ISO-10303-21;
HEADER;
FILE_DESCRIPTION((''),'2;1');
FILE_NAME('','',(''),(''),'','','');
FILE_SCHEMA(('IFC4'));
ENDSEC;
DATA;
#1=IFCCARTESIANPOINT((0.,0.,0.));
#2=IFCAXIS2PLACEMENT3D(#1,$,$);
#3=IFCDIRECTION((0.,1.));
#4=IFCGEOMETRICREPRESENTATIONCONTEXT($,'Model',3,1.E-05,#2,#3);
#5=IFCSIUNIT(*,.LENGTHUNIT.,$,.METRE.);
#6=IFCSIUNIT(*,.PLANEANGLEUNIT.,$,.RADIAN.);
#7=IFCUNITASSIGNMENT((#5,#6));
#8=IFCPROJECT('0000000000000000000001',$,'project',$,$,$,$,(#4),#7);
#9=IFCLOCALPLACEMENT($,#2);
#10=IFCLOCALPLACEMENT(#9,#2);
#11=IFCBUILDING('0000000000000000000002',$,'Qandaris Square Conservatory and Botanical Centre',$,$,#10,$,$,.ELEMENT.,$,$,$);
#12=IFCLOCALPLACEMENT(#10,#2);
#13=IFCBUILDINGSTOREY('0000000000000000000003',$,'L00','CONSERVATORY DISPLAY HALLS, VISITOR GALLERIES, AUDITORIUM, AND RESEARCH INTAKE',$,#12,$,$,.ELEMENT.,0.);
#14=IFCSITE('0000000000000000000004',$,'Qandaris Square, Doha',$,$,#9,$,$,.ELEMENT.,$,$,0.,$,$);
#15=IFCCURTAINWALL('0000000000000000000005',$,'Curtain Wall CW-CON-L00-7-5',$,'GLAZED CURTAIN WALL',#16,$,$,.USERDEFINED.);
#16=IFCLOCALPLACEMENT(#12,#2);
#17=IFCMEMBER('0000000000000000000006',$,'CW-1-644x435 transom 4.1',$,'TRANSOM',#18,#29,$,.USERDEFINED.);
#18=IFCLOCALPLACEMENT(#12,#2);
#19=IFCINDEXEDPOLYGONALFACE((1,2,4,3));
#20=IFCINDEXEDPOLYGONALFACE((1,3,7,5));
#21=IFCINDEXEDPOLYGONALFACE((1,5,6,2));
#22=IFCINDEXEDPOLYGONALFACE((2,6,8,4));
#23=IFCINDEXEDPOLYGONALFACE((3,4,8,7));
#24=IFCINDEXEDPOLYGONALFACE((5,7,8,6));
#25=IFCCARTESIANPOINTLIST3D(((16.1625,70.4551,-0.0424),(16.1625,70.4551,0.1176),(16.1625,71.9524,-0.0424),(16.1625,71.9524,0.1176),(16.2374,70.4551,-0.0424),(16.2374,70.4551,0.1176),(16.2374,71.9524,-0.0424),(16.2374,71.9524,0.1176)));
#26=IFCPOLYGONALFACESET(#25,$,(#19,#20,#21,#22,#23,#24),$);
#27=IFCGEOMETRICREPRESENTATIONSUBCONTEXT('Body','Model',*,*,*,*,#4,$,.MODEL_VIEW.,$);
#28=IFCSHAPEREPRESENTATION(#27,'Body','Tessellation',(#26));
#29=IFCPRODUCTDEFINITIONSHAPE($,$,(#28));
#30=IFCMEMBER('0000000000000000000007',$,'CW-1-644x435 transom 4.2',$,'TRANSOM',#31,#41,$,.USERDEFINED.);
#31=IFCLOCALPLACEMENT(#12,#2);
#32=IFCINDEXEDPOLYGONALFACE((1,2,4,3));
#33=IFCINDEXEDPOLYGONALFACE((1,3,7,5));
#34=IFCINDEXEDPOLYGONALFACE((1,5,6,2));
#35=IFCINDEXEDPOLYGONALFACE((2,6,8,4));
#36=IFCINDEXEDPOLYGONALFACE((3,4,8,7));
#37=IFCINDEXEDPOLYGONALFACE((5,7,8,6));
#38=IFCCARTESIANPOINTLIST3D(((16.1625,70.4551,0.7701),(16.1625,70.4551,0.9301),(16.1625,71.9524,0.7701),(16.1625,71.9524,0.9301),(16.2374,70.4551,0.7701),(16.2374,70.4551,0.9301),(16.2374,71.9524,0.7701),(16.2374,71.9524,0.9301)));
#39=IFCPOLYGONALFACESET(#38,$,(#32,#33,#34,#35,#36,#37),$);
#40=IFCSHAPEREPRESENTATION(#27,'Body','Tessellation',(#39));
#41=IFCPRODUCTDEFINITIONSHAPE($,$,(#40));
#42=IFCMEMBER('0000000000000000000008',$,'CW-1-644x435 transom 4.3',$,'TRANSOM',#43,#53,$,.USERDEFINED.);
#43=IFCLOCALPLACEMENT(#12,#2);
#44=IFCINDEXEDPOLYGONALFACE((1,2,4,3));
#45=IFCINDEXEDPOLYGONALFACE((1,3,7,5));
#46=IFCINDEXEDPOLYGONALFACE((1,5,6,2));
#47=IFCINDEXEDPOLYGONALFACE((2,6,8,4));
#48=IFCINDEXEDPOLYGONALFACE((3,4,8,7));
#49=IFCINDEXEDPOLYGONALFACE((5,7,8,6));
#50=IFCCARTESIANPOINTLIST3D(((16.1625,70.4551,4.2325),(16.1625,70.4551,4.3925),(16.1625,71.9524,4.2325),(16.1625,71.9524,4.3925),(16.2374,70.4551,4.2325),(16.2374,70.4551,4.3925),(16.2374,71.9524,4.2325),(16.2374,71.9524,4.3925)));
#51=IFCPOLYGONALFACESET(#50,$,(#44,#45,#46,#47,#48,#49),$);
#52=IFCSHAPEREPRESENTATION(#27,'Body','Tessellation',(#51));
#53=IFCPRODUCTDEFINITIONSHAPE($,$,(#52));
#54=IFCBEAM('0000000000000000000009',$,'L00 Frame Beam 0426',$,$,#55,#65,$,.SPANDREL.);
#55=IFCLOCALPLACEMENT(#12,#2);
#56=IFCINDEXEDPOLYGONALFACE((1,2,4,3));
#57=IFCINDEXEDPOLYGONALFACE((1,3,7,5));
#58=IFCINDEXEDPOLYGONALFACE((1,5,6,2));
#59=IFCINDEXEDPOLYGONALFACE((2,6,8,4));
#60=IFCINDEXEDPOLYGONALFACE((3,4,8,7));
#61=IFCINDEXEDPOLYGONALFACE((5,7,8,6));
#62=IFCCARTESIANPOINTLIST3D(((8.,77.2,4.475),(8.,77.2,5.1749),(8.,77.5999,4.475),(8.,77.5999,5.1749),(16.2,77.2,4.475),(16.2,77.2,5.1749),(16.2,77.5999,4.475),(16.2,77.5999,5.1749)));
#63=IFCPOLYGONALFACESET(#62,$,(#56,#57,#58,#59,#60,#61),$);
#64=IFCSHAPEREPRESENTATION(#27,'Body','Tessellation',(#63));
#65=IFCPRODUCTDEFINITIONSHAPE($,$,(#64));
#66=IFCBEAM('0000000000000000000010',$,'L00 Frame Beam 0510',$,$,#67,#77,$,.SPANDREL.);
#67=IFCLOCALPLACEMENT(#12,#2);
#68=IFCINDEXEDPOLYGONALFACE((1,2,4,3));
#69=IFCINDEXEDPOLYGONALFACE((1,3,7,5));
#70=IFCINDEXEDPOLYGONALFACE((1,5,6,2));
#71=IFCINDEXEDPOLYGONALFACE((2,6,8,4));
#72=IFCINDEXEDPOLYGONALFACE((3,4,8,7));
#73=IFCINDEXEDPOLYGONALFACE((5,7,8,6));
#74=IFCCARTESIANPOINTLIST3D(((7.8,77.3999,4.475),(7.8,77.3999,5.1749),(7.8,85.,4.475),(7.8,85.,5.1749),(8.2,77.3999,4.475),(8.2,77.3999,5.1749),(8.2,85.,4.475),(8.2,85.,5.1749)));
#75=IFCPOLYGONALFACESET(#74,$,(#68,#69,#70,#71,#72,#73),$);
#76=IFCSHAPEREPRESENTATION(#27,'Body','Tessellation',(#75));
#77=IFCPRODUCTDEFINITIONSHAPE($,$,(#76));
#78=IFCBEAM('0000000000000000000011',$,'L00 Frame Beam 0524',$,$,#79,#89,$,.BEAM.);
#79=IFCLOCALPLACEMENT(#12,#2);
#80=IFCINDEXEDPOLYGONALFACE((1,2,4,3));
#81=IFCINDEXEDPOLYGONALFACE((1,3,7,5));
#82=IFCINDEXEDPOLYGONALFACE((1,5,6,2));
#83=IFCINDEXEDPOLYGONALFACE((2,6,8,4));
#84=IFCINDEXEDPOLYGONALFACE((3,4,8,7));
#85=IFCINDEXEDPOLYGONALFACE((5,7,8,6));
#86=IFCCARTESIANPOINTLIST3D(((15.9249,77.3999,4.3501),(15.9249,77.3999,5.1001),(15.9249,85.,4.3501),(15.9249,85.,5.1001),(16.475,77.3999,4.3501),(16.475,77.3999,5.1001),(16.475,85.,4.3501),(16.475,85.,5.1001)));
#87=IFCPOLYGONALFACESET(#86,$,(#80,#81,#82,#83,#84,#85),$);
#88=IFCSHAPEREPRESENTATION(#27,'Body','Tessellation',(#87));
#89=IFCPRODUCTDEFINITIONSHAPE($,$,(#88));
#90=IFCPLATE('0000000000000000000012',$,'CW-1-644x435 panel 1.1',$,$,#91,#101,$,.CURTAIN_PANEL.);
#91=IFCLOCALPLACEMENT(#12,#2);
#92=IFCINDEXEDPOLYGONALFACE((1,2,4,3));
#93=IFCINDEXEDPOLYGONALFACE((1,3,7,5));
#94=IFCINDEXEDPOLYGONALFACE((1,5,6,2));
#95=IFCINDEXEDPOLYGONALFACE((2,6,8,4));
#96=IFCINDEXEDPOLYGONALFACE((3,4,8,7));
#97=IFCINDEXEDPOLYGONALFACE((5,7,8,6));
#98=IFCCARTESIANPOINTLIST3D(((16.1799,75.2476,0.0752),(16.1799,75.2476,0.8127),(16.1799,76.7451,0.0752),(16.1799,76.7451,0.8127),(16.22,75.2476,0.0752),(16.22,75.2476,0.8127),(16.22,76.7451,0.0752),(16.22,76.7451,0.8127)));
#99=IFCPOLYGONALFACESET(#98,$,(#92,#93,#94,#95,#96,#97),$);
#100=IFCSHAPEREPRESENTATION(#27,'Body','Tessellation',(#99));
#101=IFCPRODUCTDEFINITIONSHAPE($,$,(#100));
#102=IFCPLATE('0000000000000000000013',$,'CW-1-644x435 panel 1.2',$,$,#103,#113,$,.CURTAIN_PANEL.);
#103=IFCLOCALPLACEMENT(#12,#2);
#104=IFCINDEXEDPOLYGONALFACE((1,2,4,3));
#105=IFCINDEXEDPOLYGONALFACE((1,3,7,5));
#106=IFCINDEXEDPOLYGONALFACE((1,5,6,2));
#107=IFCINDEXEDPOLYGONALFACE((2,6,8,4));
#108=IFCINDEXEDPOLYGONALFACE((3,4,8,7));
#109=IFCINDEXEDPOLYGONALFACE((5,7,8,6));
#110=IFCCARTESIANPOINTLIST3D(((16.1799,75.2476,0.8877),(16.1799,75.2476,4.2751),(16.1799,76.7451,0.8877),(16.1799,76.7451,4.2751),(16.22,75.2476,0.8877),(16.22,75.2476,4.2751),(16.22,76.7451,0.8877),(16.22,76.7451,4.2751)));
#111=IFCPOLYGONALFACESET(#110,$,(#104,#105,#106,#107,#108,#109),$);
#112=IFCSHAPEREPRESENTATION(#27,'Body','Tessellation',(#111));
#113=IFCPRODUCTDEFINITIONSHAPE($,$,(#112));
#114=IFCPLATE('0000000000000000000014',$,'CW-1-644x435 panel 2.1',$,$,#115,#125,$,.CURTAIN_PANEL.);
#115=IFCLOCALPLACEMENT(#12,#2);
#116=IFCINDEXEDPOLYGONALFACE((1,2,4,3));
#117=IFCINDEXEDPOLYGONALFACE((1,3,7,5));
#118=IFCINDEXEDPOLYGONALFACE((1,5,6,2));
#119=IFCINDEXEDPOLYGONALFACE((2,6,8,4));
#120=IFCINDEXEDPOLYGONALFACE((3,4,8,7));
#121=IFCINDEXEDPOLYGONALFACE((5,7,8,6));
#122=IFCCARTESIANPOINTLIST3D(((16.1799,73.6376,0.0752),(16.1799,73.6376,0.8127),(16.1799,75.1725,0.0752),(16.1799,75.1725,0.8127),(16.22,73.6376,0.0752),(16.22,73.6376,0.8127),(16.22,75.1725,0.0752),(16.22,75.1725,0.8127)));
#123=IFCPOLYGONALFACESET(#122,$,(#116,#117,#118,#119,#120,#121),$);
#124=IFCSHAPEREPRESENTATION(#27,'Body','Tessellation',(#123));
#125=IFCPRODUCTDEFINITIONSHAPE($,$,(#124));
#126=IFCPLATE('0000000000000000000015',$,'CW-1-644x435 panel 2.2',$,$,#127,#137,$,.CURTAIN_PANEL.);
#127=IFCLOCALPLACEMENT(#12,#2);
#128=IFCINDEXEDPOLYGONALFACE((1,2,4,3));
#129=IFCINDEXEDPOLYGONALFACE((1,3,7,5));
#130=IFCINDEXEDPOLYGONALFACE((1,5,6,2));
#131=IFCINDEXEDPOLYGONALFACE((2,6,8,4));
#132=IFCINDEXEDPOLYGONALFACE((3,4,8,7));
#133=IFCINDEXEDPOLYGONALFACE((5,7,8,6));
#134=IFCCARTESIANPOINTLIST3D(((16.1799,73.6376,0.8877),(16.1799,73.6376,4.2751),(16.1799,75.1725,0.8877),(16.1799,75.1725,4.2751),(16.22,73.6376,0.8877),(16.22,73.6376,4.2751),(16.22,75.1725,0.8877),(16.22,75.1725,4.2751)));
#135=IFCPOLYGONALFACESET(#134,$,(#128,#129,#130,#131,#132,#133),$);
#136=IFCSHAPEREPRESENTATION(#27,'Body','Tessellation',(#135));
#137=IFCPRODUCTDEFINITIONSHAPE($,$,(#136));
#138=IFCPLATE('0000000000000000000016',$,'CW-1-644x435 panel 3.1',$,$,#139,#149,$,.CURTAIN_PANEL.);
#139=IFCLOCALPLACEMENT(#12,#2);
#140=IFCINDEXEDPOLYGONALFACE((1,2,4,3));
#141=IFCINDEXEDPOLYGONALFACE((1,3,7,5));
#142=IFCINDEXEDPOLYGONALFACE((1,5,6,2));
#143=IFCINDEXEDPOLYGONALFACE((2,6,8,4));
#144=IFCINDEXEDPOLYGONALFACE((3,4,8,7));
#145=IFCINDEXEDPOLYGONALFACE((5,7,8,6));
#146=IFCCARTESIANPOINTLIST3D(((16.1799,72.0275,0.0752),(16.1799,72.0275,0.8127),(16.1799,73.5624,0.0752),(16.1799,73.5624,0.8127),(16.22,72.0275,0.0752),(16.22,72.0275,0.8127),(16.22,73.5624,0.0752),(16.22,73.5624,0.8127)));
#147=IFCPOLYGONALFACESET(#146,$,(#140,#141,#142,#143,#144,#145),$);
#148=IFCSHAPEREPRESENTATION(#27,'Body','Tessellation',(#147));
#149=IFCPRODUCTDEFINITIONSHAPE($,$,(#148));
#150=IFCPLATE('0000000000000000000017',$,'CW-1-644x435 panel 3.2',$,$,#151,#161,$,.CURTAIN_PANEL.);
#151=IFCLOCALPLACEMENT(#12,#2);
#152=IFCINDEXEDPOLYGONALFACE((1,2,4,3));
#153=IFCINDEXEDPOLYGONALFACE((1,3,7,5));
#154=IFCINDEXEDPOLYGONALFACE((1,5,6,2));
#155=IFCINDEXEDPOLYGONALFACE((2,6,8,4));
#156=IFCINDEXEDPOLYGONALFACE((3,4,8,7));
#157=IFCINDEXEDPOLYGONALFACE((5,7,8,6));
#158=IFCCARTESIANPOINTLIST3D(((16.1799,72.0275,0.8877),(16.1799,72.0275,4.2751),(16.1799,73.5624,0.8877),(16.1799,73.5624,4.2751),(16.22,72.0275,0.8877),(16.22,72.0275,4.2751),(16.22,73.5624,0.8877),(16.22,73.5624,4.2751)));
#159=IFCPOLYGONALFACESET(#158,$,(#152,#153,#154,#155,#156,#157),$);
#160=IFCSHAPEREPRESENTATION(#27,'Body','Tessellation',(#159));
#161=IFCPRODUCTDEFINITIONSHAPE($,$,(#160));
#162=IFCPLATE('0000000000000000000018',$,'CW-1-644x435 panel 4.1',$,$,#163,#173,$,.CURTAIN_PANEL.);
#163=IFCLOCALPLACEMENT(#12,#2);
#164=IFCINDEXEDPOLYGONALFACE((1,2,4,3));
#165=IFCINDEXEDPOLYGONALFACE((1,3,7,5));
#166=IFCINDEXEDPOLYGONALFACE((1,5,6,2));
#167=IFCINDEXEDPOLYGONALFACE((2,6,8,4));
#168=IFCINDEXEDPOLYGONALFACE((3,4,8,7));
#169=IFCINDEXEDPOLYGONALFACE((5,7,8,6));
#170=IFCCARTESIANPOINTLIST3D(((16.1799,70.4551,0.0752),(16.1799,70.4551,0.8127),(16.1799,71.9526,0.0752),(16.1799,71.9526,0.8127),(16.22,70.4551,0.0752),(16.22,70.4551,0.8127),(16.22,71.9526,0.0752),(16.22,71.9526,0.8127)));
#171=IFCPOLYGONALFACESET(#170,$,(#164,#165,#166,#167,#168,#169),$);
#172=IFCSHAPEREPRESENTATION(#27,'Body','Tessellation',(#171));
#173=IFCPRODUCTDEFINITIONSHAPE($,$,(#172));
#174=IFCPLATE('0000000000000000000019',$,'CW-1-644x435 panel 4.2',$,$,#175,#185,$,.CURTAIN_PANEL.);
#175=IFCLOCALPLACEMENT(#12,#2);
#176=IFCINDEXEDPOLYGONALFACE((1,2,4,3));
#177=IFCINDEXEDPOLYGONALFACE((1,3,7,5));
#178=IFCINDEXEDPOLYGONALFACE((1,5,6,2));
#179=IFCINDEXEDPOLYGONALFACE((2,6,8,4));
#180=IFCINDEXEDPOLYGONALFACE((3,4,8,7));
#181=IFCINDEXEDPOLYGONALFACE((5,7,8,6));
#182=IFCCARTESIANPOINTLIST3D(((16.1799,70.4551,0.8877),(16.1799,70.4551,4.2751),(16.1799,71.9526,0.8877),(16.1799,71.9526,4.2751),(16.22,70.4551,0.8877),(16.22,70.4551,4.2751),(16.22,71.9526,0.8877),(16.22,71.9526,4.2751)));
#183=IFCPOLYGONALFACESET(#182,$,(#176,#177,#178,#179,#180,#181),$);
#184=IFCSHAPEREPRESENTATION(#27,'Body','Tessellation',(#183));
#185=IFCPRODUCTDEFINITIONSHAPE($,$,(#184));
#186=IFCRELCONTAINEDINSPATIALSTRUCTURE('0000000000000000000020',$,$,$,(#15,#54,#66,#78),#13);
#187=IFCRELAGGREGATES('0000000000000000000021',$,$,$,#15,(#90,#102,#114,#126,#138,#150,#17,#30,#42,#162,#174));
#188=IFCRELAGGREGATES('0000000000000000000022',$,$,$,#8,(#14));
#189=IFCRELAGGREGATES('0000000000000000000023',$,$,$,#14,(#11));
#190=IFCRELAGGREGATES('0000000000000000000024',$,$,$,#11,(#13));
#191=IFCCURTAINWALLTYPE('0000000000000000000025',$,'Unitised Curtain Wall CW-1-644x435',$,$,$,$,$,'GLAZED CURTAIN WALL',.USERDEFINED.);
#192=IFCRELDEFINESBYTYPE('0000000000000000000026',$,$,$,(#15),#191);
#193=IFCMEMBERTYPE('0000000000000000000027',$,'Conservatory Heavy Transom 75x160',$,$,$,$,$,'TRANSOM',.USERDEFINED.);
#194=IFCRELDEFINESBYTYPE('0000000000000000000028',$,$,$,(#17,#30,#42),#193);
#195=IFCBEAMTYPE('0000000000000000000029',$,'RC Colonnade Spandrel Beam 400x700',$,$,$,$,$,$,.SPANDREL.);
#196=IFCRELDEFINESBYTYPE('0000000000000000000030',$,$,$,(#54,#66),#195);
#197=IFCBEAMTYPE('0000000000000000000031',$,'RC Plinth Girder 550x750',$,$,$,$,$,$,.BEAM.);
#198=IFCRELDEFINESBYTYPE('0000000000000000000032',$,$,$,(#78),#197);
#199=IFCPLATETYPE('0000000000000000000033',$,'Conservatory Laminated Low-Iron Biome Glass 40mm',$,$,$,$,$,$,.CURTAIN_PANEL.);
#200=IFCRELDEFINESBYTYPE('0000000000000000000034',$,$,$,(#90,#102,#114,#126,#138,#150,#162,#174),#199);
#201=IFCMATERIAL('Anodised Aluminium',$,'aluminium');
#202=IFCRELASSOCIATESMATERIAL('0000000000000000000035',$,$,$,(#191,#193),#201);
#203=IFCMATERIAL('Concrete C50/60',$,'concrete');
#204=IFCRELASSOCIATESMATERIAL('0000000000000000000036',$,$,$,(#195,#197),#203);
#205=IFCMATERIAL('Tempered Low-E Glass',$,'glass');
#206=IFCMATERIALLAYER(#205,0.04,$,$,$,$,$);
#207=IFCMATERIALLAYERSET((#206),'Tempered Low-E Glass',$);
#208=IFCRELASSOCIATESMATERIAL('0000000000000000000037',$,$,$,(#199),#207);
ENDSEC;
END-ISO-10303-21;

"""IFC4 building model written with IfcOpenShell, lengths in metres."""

from ifc_helpers import new_model, si_unit, direction, frame, origin, origin_2d, place, context, subcontext, project, spatial, rectangle, extrude, material, layer, layer_set, material_profile, profile_set, type_object, element, aggregate, save


model = new_model("IFC4")

# Units and contexts
model_context = context("Model", 3, precision=1e-05, world=origin(), true_north=direction((0.0, 1.0)))
body_context = subcontext(model_context, "Body", "Model", "MODEL_VIEW")
ifc_project = project(units=[si_unit("LENGTHUNIT", "METRE"), si_unit("PLANEANGLEUNIT", "RADIAN")], contexts=[model_context])

# Site, building, storey
site_placement = place(None, origin())
site = spatial("IfcSite", under=ifc_project, at=site_placement, Name="Qandaris Square, Doha", CompositionType="ELEMENT", RefElevation=0.0)
building_placement = place(site_placement, origin())
building = spatial("IfcBuilding", under=site, at=building_placement, Name="Qandaris Square Conservatory and Botanical Centre", CompositionType="ELEMENT")
storey_placement = place(building_placement, origin())
storey = spatial("IfcBuildingStorey", under=building, at=storey_placement, Name="L00", Description="CONSERVATORY DISPLAY HALLS, VISITOR GALLERIES, AUDITORIUM, AND RESEARCH INTAKE", CompositionType="ELEMENT", Elevation=0.0)

# Shared definitions
ifc_material_1 = material(Name="Concrete C50/60", Category="concrete")

# Shared definitions
ifc_material_2 = material(Name="Anodised Aluminium", Category="aluminium")
curtain_wall_type = type_object("IfcCurtainWallType", Name="Unitised Curtain Wall CW-1-644x435", ElementType="GLAZED CURTAIN WALL", PredefinedType="USERDEFINED", material=ifc_material_2)

# Curtain wall, members
curtain_wall_1_placement = place(storey_placement, origin())
curtain_wall_1 = element("IfcCurtainWall", 1, at=curtain_wall_1_placement, inside=storey, type_object=curtain_wall_type, Name="Curtain Wall CW-CON-L00-7-5", ObjectType="GLAZED CURTAIN WALL", PredefinedType="USERDEFINED")
ifc_material_profile_1 = material_profile(ifc_material_2, rectangle(XDim=0.075, YDim=0.1599, at=origin_2d()), Name="ALU-TRN 75x160")
ifc_profile_set_1 = profile_set([ifc_material_profile_1], Name="Anodised Aluminium")
member_type_1 = type_object("IfcMemberType", Name="Conservatory Heavy Transom 75x160", ElementType="TRANSOM", PredefinedType="USERDEFINED", material=ifc_profile_set_1)
member_1_placement = place(storey_placement, frame((16.2, 71.9524, 0.0376), z_axis=(0.0, -1.0, 0.0), x_axis=(1.0, 0.0, 0.0)))
member_1 = element("IfcMember", 2, at=member_1_placement, type_object=member_type_1, Name="CW-1-644x435 transom 4.1", ObjectType="TRANSOM", PredefinedType="USERDEFINED", context=body_context, shape_type="SweptSolid", body=[
    extrude(rectangle(XDim=0.075, YDim=0.1599, at=origin_2d()), origin(), (0.0, 0.0, 1.0), 1.4973),
])
member_2_placement = place(storey_placement, frame((16.2, 71.9524, 0.8501), z_axis=(0.0, -1.0, 0.0), x_axis=(1.0, 0.0, 0.0)))
member_2 = element("IfcMember", 3, at=member_2_placement, type_object=member_type_1, Name="CW-1-644x435 transom 4.2", ObjectType="TRANSOM", PredefinedType="USERDEFINED", context=body_context, shape_type="SweptSolid", body=[
    extrude(rectangle(XDim=0.075, YDim=0.1599, at=origin_2d()), origin(), (0.0, 0.0, 1.0), 1.4973),
])
member_3_placement = place(storey_placement, frame((16.2, 71.9524, 4.3125), z_axis=(0.0, -1.0, 0.0), x_axis=(1.0, 0.0, 0.0)))
member_3 = element("IfcMember", 4, at=member_3_placement, type_object=member_type_1, Name="CW-1-644x435 transom 4.3", ObjectType="TRANSOM", PredefinedType="USERDEFINED", context=body_context, shape_type="SweptSolid", body=[
    extrude(rectangle(XDim=0.075, YDim=0.1599, at=origin_2d()), origin(), (0.0, 0.0, 1.0), 1.4973),
])

# Beams
ifc_material_profile_2 = material_profile(ifc_material_1, rectangle(XDim=0.3999, YDim=0.7, at=origin_2d()), Name="RC-SP 400x700")
ifc_profile_set_2 = profile_set([ifc_material_profile_2], Name="Concrete C50/60")
beam_type_1 = type_object("IfcBeamType", Name="RC Colonnade Spandrel Beam 400x700", PredefinedType="SPANDREL", material=ifc_profile_set_2)
beam_1_placement = place(storey_placement, frame((8.0, 77.3999, 4.825), z_axis=(1.0, 0.0, 0.0), x_axis=(0.0, 1.0, 0.0)))
element("IfcBeam", 5, at=beam_1_placement, inside=storey, type_object=beam_type_1, Name="L00 Frame Beam 0426", PredefinedType="SPANDREL", context=body_context, shape_type="SweptSolid", body=[
    extrude(rectangle(XDim=0.3999, YDim=0.7, at=origin_2d()), origin(), (0.0, 0.0, 1.0), 8.2),
])
beam_2_placement = place(storey_placement, frame((8.0, 77.3999, 4.825), z_axis=(0.0, 1.0, 0.0), x_axis=(-1.0, 0.0, 0.0)))
element("IfcBeam", 6, at=beam_2_placement, inside=storey, type_object=beam_type_1, Name="L00 Frame Beam 0510", PredefinedType="SPANDREL", context=body_context, shape_type="SweptSolid", body=[
    extrude(rectangle(XDim=0.3999, YDim=0.7, at=origin_2d()), origin(), (0.0, 0.0, 1.0), 7.6001),
])
ifc_material_profile_3 = material_profile(ifc_material_1, rectangle(XDim=0.55, YDim=0.75, at=origin_2d()), Name="RC-BM 550x750")
ifc_profile_set_3 = profile_set([ifc_material_profile_3], Name="Concrete C50/60")
beam_type_2 = type_object("IfcBeamType", Name="RC Plinth Girder 550x750", PredefinedType="BEAM", material=ifc_profile_set_3)
beam_3_placement = place(storey_placement, frame((16.2, 77.3999, 4.7251), z_axis=(0.0, 1.0, 0.0), x_axis=(-1.0, 0.0, 0.0)))
element("IfcBeam", 7, at=beam_3_placement, inside=storey, type_object=beam_type_2, Name="L00 Frame Beam 0524", PredefinedType="BEAM", context=body_context, shape_type="SweptSolid", body=[
    extrude(rectangle(XDim=0.55, YDim=0.75, at=origin_2d()), origin(), (0.0, 0.0, 1.0), 7.6001),
])

# Plates
ifc_material_3 = material(Name="Tempered Low-E Glass", Category="glass")
ifc_layer = layer(ifc_material_3, 0.04)
ifc_layer_set = layer_set([ifc_layer], Name="Tempered Low-E Glass")
plate_type = type_object("IfcPlateType", Name="Conservatory Laminated Low-Iron Biome Glass 40mm", PredefinedType="CURTAIN_PANEL", material=ifc_layer_set)
plate_1_placement = place(storey_placement, frame((16.2, 75.9963, 0.0752), z_axis=(0.0, 0.0, 1.0), x_axis=(0.0, -1.0, 0.0)))
plate_1 = element("IfcPlate", 8, at=plate_1_placement, type_object=plate_type, Name="CW-1-644x435 panel 1.1", PredefinedType="CURTAIN_PANEL", context=body_context, shape_type="SweptSolid", body=[
    extrude(rectangle(XDim=1.4976, YDim=0.04, at=origin_2d()), origin(), (0.0, 0.0, 1.0), 0.7375),
])
plate_2_placement = place(storey_placement, frame((16.2, 75.9963, 0.8877), z_axis=(0.0, 0.0, 1.0), x_axis=(0.0, -1.0, 0.0)))
plate_2 = element("IfcPlate", 9, at=plate_2_placement, type_object=plate_type, Name="CW-1-644x435 panel 1.2", PredefinedType="CURTAIN_PANEL", context=body_context, shape_type="SweptSolid", body=[
    extrude(rectangle(XDim=1.4976, YDim=0.04, at=origin_2d()), origin(), (0.0, 0.0, 1.0), 3.3875),
])
plate_3_placement = place(storey_placement, frame((16.2, 74.405, 0.0752), z_axis=(0.0, 0.0, 1.0), x_axis=(0.0, -1.0, 0.0)))
plate_3 = element("IfcPlate", 10, at=plate_3_placement, type_object=plate_type, Name="CW-1-644x435 panel 2.1", PredefinedType="CURTAIN_PANEL", context=body_context, shape_type="SweptSolid", body=[
    extrude(rectangle(XDim=1.5349, YDim=0.04, at=origin_2d()), origin(), (0.0, 0.0, 1.0), 0.7375),
])
plate_4_placement = place(storey_placement, frame((16.2, 74.405, 0.8877), z_axis=(0.0, 0.0, 1.0), x_axis=(0.0, -1.0, 0.0)))
plate_4 = element("IfcPlate", 11, at=plate_4_placement, type_object=plate_type, Name="CW-1-644x435 panel 2.2", PredefinedType="CURTAIN_PANEL", context=body_context, shape_type="SweptSolid", body=[
    extrude(rectangle(XDim=1.5349, YDim=0.04, at=origin_2d()), origin(), (0.0, 0.0, 1.0), 3.3875),
])
plate_5_placement = place(storey_placement, frame((16.2, 72.7949, 0.0752), z_axis=(0.0, 0.0, 1.0), x_axis=(0.0, -1.0, 0.0)))
plate_5 = element("IfcPlate", 12, at=plate_5_placement, type_object=plate_type, Name="CW-1-644x435 panel 3.1", PredefinedType="CURTAIN_PANEL", context=body_context, shape_type="SweptSolid", body=[
    extrude(rectangle(XDim=1.5349, YDim=0.04, at=origin_2d()), origin(), (0.0, 0.0, 1.0), 0.7375),
])
plate_6_placement = place(storey_placement, frame((16.2, 72.7949, 0.8877), z_axis=(0.0, 0.0, 1.0), x_axis=(0.0, -1.0, 0.0)))
plate_6 = element("IfcPlate", 13, at=plate_6_placement, type_object=plate_type, Name="CW-1-644x435 panel 3.2", PredefinedType="CURTAIN_PANEL", context=body_context, shape_type="SweptSolid", body=[
    extrude(rectangle(XDim=1.5349, YDim=0.04, at=origin_2d()), origin(), (0.0, 0.0, 1.0), 3.3875),
])
plate_7_placement = place(storey_placement, frame((16.2, 71.2039, 0.0752), z_axis=(0.0, 0.0, 1.0), x_axis=(0.0, -1.0, 0.0)))
plate_7 = element("IfcPlate", 14, at=plate_7_placement, type_object=plate_type, Name="CW-1-644x435 panel 4.1", PredefinedType="CURTAIN_PANEL", context=body_context, shape_type="SweptSolid", body=[
    extrude(rectangle(XDim=1.4976, YDim=0.04, at=origin_2d()), origin(), (0.0, 0.0, 1.0), 0.7375),
])
plate_8_placement = place(storey_placement, frame((16.2, 71.2039, 0.8877), z_axis=(0.0, 0.0, 1.0), x_axis=(0.0, -1.0, 0.0)))
plate_8 = element("IfcPlate", 15, at=plate_8_placement, type_object=plate_type, Name="CW-1-644x435 panel 4.2", PredefinedType="CURTAIN_PANEL", context=body_context, shape_type="SweptSolid", body=[
    extrude(rectangle(XDim=1.4976, YDim=0.04, at=origin_2d()), origin(), (0.0, 0.0, 1.0), 3.3875),
])
aggregate(curtain_wall_1, [plate_1, plate_2, plate_3, plate_4, plate_5, plate_6, member_1, member_2, member_3, plate_7, plate_8])

save(model, "model.ifc")
